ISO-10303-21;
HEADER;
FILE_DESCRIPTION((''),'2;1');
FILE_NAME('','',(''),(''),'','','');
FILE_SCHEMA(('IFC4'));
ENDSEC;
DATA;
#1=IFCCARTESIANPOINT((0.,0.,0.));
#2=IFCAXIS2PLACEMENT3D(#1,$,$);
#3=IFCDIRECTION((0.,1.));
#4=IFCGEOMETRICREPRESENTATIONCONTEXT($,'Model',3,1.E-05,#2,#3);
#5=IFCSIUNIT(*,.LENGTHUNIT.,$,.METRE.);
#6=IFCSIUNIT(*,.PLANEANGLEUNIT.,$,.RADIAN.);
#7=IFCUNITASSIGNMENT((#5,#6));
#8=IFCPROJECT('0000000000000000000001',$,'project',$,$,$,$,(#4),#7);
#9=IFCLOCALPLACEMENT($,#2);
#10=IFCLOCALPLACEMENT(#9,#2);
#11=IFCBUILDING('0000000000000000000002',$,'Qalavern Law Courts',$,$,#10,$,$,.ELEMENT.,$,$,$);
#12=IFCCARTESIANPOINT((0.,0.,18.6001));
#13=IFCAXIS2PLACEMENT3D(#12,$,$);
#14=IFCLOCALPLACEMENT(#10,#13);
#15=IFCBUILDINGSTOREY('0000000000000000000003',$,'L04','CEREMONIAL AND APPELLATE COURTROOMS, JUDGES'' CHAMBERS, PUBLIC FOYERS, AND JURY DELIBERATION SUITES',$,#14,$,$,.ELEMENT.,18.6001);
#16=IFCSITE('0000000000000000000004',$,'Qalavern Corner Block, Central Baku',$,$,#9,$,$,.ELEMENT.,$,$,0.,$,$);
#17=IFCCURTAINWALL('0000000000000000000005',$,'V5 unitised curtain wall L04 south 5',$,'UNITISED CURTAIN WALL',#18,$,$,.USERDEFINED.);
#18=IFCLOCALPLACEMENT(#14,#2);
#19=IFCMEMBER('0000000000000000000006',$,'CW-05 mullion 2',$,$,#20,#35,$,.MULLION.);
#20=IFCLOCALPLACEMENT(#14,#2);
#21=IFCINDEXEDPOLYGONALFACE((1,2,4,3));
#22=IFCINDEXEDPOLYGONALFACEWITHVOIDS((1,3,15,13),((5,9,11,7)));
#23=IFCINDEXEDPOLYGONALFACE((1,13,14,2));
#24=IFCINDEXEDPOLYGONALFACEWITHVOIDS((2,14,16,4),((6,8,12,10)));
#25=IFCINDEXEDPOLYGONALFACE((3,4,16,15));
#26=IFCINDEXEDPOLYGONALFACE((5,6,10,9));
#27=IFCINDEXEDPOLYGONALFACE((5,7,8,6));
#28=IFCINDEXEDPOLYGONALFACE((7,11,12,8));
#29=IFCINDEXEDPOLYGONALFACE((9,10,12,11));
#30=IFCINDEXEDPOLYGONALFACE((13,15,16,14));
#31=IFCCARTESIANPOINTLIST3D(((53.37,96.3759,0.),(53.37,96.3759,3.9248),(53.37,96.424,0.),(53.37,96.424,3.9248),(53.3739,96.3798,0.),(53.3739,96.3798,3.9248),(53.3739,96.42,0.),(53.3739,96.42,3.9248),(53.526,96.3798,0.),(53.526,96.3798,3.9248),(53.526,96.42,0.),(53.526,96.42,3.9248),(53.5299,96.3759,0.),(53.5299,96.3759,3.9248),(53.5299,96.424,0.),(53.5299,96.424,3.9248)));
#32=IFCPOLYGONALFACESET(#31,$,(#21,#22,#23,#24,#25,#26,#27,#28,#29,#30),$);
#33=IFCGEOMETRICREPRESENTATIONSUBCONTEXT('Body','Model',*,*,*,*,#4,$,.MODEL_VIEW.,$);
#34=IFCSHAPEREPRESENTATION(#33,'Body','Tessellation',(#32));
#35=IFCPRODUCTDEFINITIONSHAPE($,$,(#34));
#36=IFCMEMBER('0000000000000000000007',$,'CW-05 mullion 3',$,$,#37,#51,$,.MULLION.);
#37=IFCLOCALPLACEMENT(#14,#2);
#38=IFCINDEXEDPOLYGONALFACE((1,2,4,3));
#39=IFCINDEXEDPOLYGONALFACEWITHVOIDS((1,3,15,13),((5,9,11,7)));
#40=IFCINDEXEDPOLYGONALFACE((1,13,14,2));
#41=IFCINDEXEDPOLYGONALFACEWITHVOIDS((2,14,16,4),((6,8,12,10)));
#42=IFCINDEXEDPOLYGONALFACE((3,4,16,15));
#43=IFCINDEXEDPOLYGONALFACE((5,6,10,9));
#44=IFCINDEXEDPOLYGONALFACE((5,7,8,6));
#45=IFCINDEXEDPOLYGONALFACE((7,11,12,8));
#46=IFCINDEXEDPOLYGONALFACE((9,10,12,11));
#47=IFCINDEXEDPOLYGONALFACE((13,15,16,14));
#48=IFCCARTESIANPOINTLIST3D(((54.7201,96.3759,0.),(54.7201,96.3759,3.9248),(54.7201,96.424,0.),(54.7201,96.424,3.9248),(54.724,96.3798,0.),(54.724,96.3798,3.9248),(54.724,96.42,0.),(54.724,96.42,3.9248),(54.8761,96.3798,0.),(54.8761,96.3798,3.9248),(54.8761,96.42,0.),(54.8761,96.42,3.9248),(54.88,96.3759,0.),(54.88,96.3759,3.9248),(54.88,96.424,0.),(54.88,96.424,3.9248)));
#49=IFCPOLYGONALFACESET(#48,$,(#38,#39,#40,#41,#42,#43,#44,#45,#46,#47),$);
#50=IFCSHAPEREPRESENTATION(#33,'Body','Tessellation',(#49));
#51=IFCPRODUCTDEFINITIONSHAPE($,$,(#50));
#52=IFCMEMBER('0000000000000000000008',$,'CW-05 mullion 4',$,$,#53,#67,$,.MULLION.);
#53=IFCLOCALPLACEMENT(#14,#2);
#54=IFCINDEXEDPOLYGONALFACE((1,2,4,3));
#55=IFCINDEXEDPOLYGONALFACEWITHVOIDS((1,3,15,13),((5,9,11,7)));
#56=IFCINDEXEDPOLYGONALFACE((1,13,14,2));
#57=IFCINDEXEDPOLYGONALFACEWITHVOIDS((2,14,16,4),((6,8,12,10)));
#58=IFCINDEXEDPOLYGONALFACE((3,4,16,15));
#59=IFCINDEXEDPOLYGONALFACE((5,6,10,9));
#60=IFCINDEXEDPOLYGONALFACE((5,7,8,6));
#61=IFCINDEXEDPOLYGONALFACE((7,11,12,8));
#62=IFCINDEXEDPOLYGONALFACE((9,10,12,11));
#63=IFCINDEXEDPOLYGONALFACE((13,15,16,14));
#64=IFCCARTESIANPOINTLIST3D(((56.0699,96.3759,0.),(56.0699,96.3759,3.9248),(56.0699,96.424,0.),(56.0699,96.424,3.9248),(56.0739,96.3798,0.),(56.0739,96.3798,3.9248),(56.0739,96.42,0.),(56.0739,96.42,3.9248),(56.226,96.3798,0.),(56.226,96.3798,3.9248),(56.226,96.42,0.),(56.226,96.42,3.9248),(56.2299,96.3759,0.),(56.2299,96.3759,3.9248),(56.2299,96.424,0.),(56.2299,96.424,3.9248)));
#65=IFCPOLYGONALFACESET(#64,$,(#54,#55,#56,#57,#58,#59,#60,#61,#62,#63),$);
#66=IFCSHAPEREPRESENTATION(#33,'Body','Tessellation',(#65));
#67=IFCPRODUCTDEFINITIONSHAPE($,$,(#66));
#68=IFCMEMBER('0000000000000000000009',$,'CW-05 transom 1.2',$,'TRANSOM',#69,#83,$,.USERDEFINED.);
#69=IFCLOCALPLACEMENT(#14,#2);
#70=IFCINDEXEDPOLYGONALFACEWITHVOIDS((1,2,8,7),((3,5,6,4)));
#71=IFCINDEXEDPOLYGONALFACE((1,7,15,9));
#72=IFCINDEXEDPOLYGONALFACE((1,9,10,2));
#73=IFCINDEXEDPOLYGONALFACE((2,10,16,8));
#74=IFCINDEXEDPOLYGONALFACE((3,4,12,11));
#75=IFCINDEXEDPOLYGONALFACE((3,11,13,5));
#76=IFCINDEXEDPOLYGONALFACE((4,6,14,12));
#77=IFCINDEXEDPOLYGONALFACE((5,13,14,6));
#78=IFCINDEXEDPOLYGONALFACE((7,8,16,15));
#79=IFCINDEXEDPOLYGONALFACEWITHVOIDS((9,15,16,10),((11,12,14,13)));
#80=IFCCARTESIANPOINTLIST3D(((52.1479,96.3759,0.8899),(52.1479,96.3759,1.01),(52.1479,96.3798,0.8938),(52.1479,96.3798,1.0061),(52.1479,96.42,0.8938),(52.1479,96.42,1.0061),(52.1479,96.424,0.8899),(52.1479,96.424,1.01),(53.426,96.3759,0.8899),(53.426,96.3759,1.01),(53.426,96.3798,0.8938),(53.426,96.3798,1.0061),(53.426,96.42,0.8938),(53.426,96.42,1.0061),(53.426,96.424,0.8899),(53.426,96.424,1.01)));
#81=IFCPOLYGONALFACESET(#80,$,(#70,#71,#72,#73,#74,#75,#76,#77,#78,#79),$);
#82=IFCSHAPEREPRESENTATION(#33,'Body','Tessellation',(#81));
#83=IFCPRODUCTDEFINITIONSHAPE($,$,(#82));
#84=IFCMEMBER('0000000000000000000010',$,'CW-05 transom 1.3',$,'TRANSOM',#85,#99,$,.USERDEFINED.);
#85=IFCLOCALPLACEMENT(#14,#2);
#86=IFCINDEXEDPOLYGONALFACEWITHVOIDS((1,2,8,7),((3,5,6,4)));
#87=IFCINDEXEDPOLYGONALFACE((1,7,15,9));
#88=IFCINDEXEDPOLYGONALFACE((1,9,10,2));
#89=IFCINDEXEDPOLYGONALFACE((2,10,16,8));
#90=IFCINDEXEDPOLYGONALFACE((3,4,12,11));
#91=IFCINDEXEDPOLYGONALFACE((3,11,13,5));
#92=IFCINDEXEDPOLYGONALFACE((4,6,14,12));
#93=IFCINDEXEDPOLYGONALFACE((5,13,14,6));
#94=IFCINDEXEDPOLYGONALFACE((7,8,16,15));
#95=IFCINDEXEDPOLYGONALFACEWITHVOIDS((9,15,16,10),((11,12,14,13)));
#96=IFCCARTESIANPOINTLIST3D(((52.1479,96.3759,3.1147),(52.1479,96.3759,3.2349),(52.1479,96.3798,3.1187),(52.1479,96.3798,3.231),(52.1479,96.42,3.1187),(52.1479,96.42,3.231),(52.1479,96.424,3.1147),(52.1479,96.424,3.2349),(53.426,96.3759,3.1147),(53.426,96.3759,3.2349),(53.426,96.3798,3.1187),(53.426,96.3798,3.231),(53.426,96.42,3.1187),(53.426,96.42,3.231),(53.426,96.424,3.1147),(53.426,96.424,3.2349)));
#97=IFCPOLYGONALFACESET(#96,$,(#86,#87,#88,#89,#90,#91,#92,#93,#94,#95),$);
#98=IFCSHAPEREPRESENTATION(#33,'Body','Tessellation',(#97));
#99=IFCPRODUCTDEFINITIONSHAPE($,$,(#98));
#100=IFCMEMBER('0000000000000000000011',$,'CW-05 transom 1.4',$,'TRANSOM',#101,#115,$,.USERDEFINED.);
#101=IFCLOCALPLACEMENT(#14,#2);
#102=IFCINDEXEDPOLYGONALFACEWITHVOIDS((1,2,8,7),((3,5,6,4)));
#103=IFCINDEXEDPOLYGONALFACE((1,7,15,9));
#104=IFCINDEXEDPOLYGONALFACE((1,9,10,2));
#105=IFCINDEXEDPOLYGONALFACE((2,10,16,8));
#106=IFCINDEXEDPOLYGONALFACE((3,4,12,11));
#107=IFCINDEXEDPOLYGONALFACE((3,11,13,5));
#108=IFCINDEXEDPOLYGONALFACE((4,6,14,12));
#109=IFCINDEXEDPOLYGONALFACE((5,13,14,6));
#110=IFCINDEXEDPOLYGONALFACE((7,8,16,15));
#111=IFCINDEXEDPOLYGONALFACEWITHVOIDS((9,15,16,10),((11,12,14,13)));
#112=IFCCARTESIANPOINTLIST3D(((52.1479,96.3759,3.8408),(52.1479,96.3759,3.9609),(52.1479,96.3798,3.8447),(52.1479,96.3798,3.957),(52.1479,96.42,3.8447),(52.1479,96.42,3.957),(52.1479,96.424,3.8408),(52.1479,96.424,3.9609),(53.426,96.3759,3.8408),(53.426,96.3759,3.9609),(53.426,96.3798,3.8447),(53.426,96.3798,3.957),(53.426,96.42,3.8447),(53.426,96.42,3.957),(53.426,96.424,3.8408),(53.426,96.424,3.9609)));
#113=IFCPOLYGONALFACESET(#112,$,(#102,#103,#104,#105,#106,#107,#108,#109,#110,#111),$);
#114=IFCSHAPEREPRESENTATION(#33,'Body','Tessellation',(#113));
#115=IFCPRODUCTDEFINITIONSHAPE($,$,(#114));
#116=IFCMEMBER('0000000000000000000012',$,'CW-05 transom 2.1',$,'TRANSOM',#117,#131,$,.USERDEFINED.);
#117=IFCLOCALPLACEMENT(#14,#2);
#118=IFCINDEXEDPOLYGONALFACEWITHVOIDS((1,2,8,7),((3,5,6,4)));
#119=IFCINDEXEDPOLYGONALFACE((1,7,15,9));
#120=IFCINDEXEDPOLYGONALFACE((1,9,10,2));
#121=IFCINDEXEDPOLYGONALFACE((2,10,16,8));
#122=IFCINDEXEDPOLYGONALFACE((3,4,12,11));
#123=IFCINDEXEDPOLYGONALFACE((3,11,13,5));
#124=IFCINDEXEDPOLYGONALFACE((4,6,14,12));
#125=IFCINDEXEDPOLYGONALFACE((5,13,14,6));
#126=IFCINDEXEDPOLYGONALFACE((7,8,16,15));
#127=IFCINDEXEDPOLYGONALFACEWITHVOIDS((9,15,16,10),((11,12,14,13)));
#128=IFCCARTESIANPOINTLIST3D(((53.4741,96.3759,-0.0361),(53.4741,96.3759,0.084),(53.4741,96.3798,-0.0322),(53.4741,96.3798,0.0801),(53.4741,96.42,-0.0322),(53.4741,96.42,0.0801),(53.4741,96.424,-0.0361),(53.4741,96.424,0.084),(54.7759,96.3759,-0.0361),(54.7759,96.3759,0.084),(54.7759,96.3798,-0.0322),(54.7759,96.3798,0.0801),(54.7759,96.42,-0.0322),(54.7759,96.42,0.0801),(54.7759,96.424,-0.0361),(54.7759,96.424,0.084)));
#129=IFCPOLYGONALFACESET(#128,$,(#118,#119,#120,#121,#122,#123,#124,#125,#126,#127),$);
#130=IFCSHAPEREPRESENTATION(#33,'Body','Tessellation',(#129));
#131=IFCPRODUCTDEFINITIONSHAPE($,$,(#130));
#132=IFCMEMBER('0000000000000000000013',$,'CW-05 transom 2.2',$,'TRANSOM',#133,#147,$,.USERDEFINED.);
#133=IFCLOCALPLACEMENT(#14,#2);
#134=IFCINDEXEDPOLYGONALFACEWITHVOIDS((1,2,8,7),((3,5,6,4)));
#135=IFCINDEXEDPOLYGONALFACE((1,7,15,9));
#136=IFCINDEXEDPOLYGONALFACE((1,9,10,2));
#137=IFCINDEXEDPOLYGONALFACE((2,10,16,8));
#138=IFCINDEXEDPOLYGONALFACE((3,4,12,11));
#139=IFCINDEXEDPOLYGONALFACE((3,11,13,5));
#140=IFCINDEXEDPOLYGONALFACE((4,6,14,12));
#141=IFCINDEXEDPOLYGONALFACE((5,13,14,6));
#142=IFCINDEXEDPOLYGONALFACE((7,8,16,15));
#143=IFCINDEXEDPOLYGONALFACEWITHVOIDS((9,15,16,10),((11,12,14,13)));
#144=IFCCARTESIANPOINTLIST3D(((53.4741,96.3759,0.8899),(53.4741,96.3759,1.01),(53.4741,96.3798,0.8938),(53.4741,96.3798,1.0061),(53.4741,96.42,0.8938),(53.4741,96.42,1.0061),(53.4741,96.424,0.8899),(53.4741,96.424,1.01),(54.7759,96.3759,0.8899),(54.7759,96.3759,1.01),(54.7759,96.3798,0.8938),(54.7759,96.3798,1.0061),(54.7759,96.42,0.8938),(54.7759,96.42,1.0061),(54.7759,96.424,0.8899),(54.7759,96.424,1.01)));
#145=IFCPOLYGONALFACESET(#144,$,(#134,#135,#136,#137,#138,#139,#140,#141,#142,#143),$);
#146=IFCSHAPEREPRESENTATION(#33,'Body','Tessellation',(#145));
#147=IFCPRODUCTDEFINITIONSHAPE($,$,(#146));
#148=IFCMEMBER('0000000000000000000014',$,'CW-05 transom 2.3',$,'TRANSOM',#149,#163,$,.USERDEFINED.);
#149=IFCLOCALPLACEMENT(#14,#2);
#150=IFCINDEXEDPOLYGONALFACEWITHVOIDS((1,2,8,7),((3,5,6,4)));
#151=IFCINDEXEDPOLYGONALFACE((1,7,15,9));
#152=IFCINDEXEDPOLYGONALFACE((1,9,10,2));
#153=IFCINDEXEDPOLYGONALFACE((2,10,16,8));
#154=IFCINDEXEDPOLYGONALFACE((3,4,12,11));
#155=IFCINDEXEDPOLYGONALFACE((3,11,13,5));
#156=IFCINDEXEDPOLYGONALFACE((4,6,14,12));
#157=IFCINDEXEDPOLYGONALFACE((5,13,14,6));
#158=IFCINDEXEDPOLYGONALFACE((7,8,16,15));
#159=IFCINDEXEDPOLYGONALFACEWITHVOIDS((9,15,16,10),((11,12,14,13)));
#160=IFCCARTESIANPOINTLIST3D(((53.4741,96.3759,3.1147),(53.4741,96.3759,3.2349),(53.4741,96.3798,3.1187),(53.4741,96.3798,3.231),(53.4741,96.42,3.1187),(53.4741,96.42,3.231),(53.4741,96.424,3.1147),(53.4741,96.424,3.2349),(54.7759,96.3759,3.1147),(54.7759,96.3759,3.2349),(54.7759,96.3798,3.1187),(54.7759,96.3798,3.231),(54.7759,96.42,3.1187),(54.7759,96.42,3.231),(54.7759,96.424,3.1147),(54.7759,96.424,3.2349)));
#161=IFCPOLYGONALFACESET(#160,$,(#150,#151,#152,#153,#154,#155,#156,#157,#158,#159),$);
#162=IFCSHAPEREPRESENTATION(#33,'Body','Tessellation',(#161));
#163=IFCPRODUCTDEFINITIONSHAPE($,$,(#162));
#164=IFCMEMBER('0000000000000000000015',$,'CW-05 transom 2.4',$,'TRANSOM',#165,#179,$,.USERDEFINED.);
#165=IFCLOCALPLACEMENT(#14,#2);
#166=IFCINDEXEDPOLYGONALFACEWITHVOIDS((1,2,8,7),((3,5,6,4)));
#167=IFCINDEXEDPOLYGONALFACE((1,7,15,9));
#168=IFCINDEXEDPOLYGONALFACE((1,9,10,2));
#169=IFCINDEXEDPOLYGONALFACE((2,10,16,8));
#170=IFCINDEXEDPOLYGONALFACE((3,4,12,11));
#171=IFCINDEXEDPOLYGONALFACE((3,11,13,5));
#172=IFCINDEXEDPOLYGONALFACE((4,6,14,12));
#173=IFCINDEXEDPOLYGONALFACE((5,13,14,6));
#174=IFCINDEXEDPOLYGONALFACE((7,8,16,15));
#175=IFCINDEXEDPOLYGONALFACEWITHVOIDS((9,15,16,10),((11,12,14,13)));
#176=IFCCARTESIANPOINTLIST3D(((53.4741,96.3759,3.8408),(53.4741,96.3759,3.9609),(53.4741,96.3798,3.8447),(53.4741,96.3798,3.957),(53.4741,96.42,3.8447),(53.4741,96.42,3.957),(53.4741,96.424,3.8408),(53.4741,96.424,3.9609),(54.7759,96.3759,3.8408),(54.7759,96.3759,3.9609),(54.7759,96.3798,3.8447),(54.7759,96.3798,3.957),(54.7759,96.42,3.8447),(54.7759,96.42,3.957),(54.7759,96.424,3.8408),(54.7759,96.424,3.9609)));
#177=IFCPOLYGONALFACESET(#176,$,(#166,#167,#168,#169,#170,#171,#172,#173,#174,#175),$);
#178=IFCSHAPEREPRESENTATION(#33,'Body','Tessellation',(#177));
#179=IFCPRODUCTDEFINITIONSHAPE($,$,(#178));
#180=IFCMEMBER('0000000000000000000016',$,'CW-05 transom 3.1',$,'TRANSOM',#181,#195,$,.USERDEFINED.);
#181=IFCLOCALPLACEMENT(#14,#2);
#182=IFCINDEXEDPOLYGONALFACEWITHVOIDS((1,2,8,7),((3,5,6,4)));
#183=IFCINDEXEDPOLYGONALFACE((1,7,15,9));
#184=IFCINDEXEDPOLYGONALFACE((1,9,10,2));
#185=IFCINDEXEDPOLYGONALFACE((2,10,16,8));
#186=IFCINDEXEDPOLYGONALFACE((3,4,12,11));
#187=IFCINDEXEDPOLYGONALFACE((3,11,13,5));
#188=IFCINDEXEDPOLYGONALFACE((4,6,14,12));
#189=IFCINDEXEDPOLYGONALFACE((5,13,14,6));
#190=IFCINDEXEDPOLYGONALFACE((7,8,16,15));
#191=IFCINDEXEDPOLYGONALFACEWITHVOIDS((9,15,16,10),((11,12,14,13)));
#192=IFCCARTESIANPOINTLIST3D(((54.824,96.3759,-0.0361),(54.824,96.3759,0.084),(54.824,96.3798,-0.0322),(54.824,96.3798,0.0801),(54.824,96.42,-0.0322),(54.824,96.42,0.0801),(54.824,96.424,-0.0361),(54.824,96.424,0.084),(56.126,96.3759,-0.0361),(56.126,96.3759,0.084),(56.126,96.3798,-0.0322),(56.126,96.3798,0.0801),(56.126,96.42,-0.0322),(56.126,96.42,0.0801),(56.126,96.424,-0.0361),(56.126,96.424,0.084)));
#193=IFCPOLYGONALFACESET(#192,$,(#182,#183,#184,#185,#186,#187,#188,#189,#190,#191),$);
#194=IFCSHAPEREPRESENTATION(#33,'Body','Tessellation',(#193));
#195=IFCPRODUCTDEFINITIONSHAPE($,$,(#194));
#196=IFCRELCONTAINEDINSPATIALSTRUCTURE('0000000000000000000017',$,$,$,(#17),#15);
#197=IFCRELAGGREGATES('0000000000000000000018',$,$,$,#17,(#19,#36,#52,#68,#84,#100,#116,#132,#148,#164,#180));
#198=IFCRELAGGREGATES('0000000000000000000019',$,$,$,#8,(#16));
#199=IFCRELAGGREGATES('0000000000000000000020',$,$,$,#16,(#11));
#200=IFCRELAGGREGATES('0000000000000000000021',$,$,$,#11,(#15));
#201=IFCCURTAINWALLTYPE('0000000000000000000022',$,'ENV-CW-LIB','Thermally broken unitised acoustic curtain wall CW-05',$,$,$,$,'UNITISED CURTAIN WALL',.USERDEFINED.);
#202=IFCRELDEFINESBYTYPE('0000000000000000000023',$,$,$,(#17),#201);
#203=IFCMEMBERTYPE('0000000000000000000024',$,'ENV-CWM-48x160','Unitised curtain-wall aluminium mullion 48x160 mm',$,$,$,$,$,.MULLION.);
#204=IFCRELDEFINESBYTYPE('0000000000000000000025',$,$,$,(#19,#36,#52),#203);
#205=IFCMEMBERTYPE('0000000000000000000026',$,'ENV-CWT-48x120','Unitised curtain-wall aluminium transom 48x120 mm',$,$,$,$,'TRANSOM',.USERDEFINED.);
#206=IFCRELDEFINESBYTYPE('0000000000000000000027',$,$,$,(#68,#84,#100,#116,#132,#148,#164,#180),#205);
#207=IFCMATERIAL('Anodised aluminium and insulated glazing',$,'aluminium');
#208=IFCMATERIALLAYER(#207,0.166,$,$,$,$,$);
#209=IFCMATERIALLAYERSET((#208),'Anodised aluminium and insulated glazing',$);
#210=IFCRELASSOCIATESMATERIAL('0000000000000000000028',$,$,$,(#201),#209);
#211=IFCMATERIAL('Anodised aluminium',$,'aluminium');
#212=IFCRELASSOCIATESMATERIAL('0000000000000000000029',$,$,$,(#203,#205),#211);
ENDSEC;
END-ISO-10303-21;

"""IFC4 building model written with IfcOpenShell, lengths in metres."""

from ifc_helpers import new_model, si_unit, direction, frame, origin, origin_2d, place, context, subcontext, project, spatial, hollow_rectangle, extrude, material, layer, layer_set, material_profile, profile_set, type_object, element, aggregate, save


model = new_model("IFC4")

# Units and contexts
model_context = context("Model", 3, precision=1e-05, world=origin(), true_north=direction((0.0, 1.0)))
body_context = subcontext(model_context, "Body", "Model", "MODEL_VIEW")
ifc_project = project(units=[si_unit("LENGTHUNIT", "METRE"), si_unit("PLANEANGLEUNIT", "RADIAN")], contexts=[model_context])

# Site, building, storey
site_placement = place(None, origin())
site = spatial("IfcSite", under=ifc_project, at=site_placement, Name="Qalavern Corner Block, Central Baku", CompositionType="ELEMENT", RefElevation=0.0)
building_placement = place(site_placement, origin())
building = spatial("IfcBuilding", under=site, at=building_placement, Name="Qalavern Law Courts", CompositionType="ELEMENT")
storey_placement = place(building_placement, frame((0.0, 0.0, 18.6001)))
storey = spatial("IfcBuildingStorey", under=building, at=storey_placement, Name="L04", Description="CEREMONIAL AND APPELLATE COURTROOMS, JUDGES' CHAMBERS, PUBLIC FOYERS, AND JURY DELIBERATION SUITES", CompositionType="ELEMENT", Elevation=18.6001)

# Curtain wall, members
ifc_material_1 = material(Name="Anodised aluminium and insulated glazing", Category="aluminium")
ifc_layer_1 = layer(ifc_material_1, 0.166)
ifc_layer_set_1 = layer_set([ifc_layer_1], Name="Anodised aluminium and insulated glazing")
curtain_wall_type = type_object("IfcCurtainWallType", Name="ENV-CW-LIB", Description="Thermally broken unitised acoustic curtain wall CW-05", ElementType="UNITISED CURTAIN WALL", PredefinedType="USERDEFINED", material=ifc_layer_set_1)
curtain_wall_placement = place(storey_placement, origin())
curtain_wall = element("IfcCurtainWall", 1, at=curtain_wall_placement, inside=storey, type_object=curtain_wall_type, Name="V5 unitised curtain wall L04 south 5", ObjectType="UNITISED CURTAIN WALL", PredefinedType="USERDEFINED")
ifc_material_2 = material(Name="Anodised aluminium", Category="aluminium")
ifc_material_profile_1 = material_profile(ifc_material_2, hollow_rectangle(XDim=0.0481, YDim=0.1599, WallThickness=0.0039, at=origin_2d()), Name="ALU MULLION 48x160")
ifc_profile_set_1 = profile_set([ifc_material_profile_1], Name="Anodised aluminium")
member_type_1 = type_object("IfcMemberType", Name="ENV-CWM-48x160", Description="Unitised curtain-wall aluminium mullion 48x160 mm", PredefinedType="MULLION", material=ifc_profile_set_1)
member_1_placement = place(storey_placement, frame((53.45, 96.3999, 0.0), z_axis=(0.0, 0.0, 1.0), x_axis=(0.0, 1.0, 0.0)))
member_1 = element("IfcMember", 2, at=member_1_placement, type_object=member_type_1, Name="CW-05 mullion 2", PredefinedType="MULLION", context=body_context, shape_type="SweptSolid", body=[
    extrude(hollow_rectangle(XDim=0.0481, YDim=0.1599, WallThickness=0.0039, at=origin_2d()), origin(), (0.0, 0.0, 1.0), 3.9248),
])
member_2_placement = place(storey_placement, frame((54.8, 96.3999, 0.0), z_axis=(0.0, 0.0, 1.0), x_axis=(0.0, 1.0, 0.0)))
member_2 = element("IfcMember", 3, at=member_2_placement, type_object=member_type_1, Name="CW-05 mullion 3", PredefinedType="MULLION", context=body_context, shape_type="SweptSolid", body=[
    extrude(hollow_rectangle(XDim=0.0481, YDim=0.1599, WallThickness=0.0039, at=origin_2d()), origin(), (0.0, 0.0, 1.0), 3.9248),
])
member_3_placement = place(storey_placement, frame((56.1499, 96.3999, 0.0), z_axis=(0.0, 0.0, 1.0), x_axis=(0.0, 1.0, 0.0)))
member_3 = element("IfcMember", 4, at=member_3_placement, type_object=member_type_1, Name="CW-05 mullion 4", PredefinedType="MULLION", context=body_context, shape_type="SweptSolid", body=[
    extrude(hollow_rectangle(XDim=0.0481, YDim=0.1599, WallThickness=0.0039, at=origin_2d()), origin(), (0.0, 0.0, 1.0), 3.9248),
])
ifc_material_profile_2 = material_profile(ifc_material_2, hollow_rectangle(XDim=0.0481, YDim=0.1201, WallThickness=0.0039, at=origin_2d()), Name="ALU TRANSOM 48x120")
ifc_profile_set_2 = profile_set([ifc_material_profile_2], Name="Anodised aluminium")
member_type_2 = type_object("IfcMemberType", Name="ENV-CWT-48x120", Description="Unitised curtain-wall aluminium transom 48x120 mm", ElementType="TRANSOM", PredefinedType="USERDEFINED", material=ifc_profile_set_2)
member_4_placement = place(storey_placement, frame((52.1479, 96.3999, 0.95), z_axis=(1.0, 0.0, 0.0), x_axis=(0.0, 1.0, 0.0)))
member_4 = element("IfcMember", 5, at=member_4_placement, type_object=member_type_2, Name="CW-05 transom 1.2", ObjectType="TRANSOM", PredefinedType="USERDEFINED", context=body_context, shape_type="SweptSolid", body=[
    extrude(hollow_rectangle(XDim=0.0481, YDim=0.1201, WallThickness=0.0039, at=origin_2d()), origin(), (0.0, 0.0, 1.0), 1.2781),
])
member_5_placement = place(storey_placement, frame((52.1479, 96.3999, 3.1748), z_axis=(1.0, 0.0, 0.0), x_axis=(0.0, 1.0, 0.0)))
member_5 = element("IfcMember", 6, at=member_5_placement, type_object=member_type_2, Name="CW-05 transom 1.3", ObjectType="TRANSOM", PredefinedType="USERDEFINED", context=body_context, shape_type="SweptSolid", body=[
    extrude(hollow_rectangle(XDim=0.0481, YDim=0.1201, WallThickness=0.0039, at=origin_2d()), origin(), (0.0, 0.0, 1.0), 1.2781),
])
member_6_placement = place(storey_placement, frame((52.1479, 96.3999, 3.9009), z_axis=(1.0, 0.0, 0.0), x_axis=(0.0, 1.0, 0.0)))
member_6 = element("IfcMember", 7, at=member_6_placement, type_object=member_type_2, Name="CW-05 transom 1.4", ObjectType="TRANSOM", PredefinedType="USERDEFINED", context=body_context, shape_type="SweptSolid", body=[
    extrude(hollow_rectangle(XDim=0.0481, YDim=0.1201, WallThickness=0.0039, at=origin_2d()), origin(), (0.0, 0.0, 1.0), 1.2781),
])
member_7_placement = place(storey_placement, frame((53.4741, 96.3999, 0.0239), z_axis=(1.0, 0.0, 0.0), x_axis=(0.0, 1.0, 0.0)))
member_7 = element("IfcMember", 8, at=member_7_placement, type_object=member_type_2, Name="CW-05 transom 2.1", ObjectType="TRANSOM", PredefinedType="USERDEFINED", context=body_context, shape_type="SweptSolid", body=[
    extrude(hollow_rectangle(XDim=0.0481, YDim=0.1201, WallThickness=0.0039, at=origin_2d()), origin(), (0.0, 0.0, 1.0), 1.3018),
])
member_8_placement = place(storey_placement, frame((53.4741, 96.3999, 0.95), z_axis=(1.0, 0.0, 0.0), x_axis=(0.0, 1.0, 0.0)))
member_8 = element("IfcMember", 9, at=member_8_placement, type_object=member_type_2, Name="CW-05 transom 2.2", ObjectType="TRANSOM", PredefinedType="USERDEFINED", context=body_context, shape_type="SweptSolid", body=[
    extrude(hollow_rectangle(XDim=0.0481, YDim=0.1201, WallThickness=0.0039, at=origin_2d()), origin(), (0.0, 0.0, 1.0), 1.3018),
])
member_9_placement = place(storey_placement, frame((53.4741, 96.3999, 3.1748), z_axis=(1.0, 0.0, 0.0), x_axis=(0.0, 1.0, 0.0)))
member_9 = element("IfcMember", 10, at=member_9_placement, type_object=member_type_2, Name="CW-05 transom 2.3", ObjectType="TRANSOM", PredefinedType="USERDEFINED", context=body_context, shape_type="SweptSolid", body=[
    extrude(hollow_rectangle(XDim=0.0481, YDim=0.1201, WallThickness=0.0039, at=origin_2d()), origin(), (0.0, 0.0, 1.0), 1.3018),
])
member_10_placement = place(storey_placement, frame((53.4741, 96.3999, 3.9009), z_axis=(1.0, 0.0, 0.0), x_axis=(0.0, 1.0, 0.0)))
member_10 = element("IfcMember", 11, at=member_10_placement, type_object=member_type_2, Name="CW-05 transom 2.4", ObjectType="TRANSOM", PredefinedType="USERDEFINED", context=body_context, shape_type="SweptSolid", body=[
    extrude(hollow_rectangle(XDim=0.0481, YDim=0.1201, WallThickness=0.0039, at=origin_2d()), origin(), (0.0, 0.0, 1.0), 1.3018),
])
member_11_placement = place(storey_placement, frame((54.824, 96.3999, 0.0239), z_axis=(1.0, 0.0, 0.0), x_axis=(0.0, 1.0, 0.0)))
member_11 = element("IfcMember", 12, at=member_11_placement, type_object=member_type_2, Name="CW-05 transom 3.1", ObjectType="TRANSOM", PredefinedType="USERDEFINED", context=body_context, shape_type="SweptSolid", body=[
    extrude(hollow_rectangle(XDim=0.0481, YDim=0.1201, WallThickness=0.0039, at=origin_2d()), origin(), (0.0, 0.0, 1.0), 1.302),
])
aggregate(curtain_wall, [member_1, member_2, member_3, member_4, member_5, member_6, member_7, member_8, member_9, member_10, member_11])

save(model, "model.ifc")
